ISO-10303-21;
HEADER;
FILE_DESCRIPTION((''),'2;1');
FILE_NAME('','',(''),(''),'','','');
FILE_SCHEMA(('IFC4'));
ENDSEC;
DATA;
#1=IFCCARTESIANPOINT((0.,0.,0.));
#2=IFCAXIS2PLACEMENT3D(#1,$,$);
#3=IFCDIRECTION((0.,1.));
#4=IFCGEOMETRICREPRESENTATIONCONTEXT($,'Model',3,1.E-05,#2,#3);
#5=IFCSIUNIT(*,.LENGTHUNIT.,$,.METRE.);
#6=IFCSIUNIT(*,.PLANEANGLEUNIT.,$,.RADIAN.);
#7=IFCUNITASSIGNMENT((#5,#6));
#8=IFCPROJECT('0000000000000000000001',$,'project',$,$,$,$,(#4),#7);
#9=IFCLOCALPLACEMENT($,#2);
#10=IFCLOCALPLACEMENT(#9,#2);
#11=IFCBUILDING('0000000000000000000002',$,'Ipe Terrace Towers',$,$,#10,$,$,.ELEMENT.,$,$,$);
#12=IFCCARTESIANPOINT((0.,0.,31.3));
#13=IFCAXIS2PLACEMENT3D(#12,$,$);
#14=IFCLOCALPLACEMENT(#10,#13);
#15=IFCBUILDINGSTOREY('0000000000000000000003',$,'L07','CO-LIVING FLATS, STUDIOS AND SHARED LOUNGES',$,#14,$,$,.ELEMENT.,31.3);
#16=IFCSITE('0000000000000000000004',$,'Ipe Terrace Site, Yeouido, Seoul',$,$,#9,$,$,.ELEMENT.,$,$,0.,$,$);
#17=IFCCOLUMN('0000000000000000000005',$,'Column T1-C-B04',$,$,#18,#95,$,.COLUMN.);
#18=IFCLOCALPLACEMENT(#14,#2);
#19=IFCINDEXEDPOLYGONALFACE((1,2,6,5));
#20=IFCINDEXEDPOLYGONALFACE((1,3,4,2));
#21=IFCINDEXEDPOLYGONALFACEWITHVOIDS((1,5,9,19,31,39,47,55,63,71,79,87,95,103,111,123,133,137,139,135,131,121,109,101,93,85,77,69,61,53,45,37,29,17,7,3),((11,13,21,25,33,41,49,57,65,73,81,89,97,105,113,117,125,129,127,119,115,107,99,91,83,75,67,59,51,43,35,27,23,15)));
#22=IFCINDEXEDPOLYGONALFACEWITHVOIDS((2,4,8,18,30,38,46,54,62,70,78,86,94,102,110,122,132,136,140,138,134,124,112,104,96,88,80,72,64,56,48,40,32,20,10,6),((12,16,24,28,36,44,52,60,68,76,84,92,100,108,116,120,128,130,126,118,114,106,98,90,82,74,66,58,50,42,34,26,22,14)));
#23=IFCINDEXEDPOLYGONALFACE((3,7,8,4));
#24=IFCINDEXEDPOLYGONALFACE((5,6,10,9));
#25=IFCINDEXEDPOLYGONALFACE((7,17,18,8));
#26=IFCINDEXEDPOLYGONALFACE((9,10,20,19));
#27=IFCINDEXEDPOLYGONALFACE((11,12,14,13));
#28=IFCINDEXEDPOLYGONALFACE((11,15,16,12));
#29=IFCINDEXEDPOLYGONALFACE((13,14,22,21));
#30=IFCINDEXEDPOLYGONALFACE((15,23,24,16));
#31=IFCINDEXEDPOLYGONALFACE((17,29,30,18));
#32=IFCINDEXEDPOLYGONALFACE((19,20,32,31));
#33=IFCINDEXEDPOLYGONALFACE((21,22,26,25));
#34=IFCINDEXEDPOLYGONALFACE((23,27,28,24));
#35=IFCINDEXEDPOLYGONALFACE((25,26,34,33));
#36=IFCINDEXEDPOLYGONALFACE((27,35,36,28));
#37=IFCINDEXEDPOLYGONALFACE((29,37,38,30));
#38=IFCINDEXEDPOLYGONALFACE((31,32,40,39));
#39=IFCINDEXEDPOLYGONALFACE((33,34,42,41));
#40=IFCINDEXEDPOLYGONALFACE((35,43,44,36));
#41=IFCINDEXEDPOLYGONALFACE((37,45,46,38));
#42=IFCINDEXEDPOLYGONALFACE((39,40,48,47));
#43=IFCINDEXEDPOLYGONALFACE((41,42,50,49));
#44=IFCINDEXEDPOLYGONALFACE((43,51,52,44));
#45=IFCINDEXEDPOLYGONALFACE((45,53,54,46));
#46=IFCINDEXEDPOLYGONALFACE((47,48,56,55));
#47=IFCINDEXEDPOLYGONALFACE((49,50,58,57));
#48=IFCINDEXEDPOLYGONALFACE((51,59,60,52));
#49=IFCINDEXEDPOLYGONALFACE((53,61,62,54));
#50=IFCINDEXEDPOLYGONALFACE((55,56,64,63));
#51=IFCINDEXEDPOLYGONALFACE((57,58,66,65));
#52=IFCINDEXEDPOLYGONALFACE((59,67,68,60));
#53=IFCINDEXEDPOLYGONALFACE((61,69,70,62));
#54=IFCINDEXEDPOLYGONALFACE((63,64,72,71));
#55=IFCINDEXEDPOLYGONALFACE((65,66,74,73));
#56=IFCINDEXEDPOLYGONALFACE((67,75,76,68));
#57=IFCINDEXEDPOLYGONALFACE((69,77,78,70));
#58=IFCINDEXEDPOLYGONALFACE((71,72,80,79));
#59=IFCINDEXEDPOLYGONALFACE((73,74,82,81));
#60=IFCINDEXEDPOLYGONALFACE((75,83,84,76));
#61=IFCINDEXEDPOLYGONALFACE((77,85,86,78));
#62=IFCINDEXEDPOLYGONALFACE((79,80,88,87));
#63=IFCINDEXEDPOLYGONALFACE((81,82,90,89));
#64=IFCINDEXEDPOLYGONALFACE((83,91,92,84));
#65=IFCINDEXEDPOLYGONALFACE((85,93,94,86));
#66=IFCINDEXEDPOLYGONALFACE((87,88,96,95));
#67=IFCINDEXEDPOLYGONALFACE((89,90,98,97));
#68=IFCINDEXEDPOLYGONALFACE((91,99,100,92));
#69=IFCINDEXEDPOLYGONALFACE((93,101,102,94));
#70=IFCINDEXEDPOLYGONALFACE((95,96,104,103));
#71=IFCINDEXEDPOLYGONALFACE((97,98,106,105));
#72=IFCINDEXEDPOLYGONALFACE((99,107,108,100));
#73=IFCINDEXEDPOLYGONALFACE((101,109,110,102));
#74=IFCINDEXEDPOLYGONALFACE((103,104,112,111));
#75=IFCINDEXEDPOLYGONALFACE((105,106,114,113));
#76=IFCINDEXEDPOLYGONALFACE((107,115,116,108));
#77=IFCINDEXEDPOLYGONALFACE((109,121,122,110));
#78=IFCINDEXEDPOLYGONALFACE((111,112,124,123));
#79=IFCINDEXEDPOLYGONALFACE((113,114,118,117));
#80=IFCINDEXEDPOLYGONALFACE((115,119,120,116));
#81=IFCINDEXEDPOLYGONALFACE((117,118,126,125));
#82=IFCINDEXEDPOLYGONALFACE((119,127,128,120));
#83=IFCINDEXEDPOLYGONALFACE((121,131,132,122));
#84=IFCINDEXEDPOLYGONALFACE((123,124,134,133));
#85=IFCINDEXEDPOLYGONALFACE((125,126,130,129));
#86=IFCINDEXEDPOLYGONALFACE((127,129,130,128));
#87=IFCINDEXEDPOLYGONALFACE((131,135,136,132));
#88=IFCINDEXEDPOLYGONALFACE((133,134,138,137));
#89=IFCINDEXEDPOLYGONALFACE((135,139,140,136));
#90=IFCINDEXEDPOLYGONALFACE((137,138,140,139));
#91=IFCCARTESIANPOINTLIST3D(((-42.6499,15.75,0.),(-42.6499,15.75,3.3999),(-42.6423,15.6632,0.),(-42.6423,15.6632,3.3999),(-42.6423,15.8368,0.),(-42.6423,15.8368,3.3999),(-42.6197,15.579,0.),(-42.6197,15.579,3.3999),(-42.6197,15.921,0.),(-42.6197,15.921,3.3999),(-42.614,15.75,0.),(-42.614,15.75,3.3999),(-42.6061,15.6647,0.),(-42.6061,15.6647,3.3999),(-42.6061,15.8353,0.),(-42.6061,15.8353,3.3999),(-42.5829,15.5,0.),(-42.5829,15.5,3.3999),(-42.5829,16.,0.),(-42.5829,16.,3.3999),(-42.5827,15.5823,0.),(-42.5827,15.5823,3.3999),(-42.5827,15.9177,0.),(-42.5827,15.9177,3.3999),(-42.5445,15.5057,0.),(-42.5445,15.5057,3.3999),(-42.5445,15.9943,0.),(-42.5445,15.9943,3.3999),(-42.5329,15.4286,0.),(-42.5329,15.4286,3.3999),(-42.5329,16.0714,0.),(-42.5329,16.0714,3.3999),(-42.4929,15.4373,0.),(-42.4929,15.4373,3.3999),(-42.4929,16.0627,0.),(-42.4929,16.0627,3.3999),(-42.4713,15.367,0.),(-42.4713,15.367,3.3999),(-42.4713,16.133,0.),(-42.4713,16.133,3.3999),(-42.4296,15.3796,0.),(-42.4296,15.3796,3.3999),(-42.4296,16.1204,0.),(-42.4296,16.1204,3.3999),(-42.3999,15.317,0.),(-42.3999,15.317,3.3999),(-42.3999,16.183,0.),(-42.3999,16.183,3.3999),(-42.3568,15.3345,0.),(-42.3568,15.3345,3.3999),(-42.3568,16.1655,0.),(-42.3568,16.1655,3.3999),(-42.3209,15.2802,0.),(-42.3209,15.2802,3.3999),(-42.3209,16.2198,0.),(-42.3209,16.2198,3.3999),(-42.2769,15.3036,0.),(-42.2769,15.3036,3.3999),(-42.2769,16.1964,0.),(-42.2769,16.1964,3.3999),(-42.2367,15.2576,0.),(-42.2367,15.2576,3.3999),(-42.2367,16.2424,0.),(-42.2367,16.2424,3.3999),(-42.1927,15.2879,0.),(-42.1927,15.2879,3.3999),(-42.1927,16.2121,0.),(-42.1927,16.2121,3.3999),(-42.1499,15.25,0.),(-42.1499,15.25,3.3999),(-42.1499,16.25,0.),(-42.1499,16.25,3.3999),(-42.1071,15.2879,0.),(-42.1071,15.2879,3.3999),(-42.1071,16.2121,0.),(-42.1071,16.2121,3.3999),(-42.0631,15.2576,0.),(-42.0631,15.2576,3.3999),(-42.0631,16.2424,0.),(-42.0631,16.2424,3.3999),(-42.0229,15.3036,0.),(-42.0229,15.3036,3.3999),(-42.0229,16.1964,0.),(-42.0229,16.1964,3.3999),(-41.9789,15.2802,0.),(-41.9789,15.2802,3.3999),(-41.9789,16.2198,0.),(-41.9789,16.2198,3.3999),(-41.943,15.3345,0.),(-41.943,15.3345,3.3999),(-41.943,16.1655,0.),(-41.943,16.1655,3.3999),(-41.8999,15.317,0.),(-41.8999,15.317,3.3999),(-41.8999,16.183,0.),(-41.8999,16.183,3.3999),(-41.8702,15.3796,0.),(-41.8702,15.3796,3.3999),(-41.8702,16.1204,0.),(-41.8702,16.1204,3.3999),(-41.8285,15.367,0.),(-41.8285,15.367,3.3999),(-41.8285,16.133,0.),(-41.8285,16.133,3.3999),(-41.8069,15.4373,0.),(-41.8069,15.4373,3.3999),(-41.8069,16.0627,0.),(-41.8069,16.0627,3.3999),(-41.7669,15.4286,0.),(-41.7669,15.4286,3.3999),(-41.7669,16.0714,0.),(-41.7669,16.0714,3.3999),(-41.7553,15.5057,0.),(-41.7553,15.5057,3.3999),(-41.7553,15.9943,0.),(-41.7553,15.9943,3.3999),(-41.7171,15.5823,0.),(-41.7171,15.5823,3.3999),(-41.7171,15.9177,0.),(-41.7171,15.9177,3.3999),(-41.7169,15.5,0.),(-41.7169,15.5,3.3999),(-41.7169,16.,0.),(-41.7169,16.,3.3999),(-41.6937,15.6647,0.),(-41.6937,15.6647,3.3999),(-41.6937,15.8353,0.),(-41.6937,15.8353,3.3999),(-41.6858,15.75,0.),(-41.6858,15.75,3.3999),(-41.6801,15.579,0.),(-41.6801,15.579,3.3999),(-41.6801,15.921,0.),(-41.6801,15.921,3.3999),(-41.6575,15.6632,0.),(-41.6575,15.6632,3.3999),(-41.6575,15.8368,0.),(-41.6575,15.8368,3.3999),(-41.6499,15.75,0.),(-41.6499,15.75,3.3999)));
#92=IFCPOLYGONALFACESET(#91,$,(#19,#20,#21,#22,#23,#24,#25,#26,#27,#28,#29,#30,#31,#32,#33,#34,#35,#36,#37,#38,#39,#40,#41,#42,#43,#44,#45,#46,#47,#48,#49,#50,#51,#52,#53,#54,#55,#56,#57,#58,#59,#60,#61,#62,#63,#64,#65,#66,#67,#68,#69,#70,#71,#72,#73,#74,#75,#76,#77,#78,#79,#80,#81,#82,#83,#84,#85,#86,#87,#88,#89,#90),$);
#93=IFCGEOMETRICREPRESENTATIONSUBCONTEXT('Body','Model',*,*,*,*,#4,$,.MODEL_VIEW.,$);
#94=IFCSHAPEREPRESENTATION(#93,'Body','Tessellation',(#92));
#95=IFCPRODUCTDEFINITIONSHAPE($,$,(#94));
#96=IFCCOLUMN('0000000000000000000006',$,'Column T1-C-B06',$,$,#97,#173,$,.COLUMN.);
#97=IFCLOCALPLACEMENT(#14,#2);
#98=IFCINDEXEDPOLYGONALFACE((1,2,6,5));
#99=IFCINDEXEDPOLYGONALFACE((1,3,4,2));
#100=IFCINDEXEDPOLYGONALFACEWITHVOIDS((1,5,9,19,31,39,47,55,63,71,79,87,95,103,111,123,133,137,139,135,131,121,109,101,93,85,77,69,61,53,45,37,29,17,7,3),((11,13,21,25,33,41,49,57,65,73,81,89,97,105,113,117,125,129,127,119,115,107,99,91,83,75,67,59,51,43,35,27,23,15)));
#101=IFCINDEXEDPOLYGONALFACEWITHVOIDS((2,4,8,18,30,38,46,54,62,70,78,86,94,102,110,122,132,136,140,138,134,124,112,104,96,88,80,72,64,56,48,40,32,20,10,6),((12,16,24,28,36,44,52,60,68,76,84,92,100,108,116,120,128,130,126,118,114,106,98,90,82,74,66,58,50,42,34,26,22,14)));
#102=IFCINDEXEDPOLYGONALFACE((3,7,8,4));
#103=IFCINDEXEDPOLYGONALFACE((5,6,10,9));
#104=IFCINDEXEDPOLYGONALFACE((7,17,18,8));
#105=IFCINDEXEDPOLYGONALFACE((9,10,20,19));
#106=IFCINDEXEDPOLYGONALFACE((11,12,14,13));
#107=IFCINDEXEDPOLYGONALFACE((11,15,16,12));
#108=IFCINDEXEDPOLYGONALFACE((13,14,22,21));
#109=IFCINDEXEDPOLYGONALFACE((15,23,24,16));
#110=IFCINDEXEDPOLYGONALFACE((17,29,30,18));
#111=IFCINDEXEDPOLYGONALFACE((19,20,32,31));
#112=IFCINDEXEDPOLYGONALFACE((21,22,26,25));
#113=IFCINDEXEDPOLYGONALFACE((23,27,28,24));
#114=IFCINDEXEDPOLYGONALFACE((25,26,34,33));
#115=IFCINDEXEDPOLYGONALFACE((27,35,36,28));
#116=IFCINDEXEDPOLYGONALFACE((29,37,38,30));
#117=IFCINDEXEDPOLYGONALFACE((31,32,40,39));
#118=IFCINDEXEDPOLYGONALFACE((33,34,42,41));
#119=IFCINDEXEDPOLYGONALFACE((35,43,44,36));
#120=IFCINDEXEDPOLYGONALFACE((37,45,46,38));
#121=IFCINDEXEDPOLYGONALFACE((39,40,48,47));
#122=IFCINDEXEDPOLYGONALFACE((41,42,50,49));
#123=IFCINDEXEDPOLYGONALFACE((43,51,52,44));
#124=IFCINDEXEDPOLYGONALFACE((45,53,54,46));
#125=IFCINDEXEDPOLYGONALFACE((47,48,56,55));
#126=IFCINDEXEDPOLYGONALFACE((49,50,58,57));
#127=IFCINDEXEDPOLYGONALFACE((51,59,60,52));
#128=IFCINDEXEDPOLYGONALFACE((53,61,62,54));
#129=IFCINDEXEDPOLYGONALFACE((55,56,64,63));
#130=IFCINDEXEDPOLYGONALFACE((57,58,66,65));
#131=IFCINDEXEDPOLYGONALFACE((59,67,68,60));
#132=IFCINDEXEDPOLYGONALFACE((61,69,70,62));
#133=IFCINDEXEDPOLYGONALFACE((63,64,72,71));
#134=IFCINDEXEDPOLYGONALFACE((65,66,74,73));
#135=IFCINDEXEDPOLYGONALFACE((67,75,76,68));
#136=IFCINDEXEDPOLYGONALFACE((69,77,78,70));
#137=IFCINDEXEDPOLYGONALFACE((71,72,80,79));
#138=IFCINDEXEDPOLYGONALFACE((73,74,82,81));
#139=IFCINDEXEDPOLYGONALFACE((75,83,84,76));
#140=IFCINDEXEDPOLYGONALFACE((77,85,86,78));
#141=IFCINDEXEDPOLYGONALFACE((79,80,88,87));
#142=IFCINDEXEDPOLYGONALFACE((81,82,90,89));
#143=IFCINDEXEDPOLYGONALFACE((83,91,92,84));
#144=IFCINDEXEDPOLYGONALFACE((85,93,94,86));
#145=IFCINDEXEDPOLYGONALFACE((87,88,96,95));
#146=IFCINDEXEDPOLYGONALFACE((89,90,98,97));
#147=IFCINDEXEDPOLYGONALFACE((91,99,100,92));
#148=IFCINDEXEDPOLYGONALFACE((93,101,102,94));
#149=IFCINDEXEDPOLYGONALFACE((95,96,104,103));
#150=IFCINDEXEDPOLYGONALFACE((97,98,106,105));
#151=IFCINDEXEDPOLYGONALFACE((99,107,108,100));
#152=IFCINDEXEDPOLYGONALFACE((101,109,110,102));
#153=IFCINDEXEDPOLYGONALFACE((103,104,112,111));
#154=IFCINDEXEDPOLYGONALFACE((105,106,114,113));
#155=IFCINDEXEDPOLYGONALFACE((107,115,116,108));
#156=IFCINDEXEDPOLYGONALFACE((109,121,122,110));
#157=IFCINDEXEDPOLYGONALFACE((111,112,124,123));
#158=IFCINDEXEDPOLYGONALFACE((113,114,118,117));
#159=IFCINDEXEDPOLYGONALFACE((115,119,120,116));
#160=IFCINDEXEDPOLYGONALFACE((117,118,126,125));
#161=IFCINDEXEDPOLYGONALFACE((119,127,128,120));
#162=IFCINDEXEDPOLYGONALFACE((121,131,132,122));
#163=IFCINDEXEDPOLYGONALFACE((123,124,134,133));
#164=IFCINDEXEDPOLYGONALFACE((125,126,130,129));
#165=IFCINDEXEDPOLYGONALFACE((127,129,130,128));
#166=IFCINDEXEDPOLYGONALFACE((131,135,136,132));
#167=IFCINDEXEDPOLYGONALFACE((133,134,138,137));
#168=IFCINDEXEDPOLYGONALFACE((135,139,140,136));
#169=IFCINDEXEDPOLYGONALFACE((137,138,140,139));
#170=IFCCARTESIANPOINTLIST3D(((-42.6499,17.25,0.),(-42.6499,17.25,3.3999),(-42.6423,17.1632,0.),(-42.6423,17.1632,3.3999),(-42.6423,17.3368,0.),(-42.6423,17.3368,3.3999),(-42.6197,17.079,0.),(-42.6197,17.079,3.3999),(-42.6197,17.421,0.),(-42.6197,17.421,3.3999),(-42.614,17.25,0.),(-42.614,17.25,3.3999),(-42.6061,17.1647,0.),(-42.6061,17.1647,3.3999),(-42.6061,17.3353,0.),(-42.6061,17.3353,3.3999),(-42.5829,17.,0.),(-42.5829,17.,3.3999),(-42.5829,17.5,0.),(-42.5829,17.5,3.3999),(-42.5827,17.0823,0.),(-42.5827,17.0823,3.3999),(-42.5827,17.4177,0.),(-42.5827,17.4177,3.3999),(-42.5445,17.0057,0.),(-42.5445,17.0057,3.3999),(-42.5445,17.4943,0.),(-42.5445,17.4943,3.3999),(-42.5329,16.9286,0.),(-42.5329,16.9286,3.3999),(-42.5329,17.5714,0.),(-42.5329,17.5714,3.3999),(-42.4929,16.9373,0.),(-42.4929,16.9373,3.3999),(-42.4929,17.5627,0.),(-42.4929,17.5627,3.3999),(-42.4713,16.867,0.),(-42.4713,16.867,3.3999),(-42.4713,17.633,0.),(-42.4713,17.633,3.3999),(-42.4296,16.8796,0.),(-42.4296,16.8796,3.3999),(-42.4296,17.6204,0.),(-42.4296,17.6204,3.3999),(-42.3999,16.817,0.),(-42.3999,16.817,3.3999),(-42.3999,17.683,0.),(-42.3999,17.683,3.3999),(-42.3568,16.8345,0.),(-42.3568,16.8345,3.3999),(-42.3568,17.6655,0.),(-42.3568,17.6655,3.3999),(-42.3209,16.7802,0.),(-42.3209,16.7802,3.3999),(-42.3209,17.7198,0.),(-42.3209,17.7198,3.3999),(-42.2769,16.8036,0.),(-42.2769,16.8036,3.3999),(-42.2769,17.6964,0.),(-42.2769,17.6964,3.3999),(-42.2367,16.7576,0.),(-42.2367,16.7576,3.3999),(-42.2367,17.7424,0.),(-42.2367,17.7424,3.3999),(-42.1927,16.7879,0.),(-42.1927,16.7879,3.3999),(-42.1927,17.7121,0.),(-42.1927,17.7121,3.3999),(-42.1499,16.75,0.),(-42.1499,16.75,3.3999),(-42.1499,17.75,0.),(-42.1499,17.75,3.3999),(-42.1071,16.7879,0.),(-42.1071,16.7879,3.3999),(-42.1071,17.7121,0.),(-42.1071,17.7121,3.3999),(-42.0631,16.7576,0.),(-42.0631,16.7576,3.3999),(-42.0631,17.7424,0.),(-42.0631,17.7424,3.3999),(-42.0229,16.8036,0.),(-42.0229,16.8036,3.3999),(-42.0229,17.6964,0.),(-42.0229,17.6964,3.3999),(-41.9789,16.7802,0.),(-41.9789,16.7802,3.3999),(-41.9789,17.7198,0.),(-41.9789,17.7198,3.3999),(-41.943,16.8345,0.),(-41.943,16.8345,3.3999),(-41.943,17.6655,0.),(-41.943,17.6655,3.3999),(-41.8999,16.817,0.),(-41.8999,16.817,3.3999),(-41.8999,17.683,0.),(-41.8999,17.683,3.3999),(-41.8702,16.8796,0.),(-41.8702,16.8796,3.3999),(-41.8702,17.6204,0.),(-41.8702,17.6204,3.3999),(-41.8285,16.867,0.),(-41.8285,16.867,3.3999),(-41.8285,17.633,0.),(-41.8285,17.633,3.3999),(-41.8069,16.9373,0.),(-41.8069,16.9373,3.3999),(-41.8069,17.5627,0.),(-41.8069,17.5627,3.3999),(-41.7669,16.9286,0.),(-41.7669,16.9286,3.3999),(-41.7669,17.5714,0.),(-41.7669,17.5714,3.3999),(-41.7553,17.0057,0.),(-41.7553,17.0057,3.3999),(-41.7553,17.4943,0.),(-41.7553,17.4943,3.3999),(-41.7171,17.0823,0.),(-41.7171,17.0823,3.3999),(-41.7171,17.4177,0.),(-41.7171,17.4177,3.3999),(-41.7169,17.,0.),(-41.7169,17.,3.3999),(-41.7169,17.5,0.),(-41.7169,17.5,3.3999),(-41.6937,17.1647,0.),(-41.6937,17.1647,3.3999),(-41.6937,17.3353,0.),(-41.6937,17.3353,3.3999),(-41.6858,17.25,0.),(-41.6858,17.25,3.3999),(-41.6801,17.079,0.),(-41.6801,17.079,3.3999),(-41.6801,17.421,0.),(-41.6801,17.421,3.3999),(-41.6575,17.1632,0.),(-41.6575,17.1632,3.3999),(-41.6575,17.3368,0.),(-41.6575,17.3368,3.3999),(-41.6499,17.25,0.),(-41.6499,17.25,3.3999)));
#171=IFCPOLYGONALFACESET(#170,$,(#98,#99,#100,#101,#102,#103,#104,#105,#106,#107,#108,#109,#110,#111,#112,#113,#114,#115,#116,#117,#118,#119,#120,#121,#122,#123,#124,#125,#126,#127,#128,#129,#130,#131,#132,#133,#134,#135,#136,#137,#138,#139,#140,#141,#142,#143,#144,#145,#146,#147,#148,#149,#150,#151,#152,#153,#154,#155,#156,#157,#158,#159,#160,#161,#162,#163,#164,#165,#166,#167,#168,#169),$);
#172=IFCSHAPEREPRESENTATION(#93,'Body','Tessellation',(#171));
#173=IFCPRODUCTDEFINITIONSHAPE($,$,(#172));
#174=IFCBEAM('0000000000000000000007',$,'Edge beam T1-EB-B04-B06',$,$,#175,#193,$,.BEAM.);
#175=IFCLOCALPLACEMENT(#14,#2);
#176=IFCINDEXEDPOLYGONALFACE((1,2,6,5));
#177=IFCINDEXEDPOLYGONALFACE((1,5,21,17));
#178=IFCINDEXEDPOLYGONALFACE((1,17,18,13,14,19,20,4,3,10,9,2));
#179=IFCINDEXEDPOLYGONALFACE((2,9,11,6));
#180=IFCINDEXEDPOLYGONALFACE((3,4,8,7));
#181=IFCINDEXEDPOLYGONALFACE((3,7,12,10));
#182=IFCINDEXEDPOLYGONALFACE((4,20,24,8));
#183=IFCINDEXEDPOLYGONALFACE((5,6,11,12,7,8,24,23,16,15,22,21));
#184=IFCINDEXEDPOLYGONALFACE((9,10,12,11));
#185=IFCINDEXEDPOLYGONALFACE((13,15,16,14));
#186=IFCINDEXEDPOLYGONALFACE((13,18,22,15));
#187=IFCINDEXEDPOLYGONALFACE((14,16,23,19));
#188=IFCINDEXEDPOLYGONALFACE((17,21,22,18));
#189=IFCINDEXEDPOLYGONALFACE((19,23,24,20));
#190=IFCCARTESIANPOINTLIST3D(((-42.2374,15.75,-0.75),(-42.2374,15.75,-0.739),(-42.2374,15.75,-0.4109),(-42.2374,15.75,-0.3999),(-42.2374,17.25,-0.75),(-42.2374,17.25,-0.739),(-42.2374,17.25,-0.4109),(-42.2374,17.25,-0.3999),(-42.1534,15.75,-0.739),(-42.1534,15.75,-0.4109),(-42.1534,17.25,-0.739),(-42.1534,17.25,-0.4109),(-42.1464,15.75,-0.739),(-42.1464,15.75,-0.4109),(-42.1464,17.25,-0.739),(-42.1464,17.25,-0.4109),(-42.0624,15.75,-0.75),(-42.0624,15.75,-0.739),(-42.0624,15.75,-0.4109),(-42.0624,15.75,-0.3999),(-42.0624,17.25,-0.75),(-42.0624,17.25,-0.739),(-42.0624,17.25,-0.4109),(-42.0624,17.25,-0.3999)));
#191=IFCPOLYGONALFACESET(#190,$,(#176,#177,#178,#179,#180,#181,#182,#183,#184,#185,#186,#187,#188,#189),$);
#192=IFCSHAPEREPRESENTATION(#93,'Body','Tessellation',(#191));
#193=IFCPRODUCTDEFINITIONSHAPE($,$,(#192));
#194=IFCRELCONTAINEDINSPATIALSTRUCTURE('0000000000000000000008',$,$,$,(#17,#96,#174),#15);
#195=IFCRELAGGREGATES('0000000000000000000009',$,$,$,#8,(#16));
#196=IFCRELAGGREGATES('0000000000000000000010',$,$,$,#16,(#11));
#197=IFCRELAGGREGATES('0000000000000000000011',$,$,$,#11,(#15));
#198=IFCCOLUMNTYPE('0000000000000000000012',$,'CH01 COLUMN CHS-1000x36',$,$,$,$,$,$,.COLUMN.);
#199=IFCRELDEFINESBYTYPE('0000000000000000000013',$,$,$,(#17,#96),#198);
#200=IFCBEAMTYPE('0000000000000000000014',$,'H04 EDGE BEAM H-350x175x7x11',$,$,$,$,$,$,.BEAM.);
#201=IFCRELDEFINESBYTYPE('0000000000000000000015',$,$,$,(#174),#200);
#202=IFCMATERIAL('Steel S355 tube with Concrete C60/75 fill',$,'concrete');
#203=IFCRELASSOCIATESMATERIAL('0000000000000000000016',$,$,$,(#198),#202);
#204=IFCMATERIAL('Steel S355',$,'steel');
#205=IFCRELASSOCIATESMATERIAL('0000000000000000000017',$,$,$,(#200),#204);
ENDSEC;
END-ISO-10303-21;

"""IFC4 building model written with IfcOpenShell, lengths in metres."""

from ifc_helpers import new_model, si_unit, direction, frame, origin, origin_2d, place, context, subcontext, project, spatial, hollow_circle, i_section, extrude, material, material_profile, profile_set, type_object, element, save


model = new_model("IFC4")

# Units and contexts
model_context = context("Model", 3, precision=1e-05, world=origin(), true_north=direction((0.0, 1.0)))
body_context = subcontext(model_context, "Body", "Model", "MODEL_VIEW")
ifc_project = project(units=[si_unit("LENGTHUNIT", "METRE"), si_unit("PLANEANGLEUNIT", "RADIAN")], contexts=[model_context])

# Site, building, storey
site_placement = place(None, origin())
site = spatial("IfcSite", under=ifc_project, at=site_placement, Name="Ipe Terrace Site, Yeouido, Seoul", CompositionType="ELEMENT", RefElevation=0.0)
building_placement = place(site_placement, origin())
building = spatial("IfcBuilding", under=site, at=building_placement, Name="Ipe Terrace Towers", CompositionType="ELEMENT")
storey_placement = place(building_placement, frame((0.0, 0.0, 31.3)))
storey = spatial("IfcBuildingStorey", under=building, at=storey_placement, Name="L07", Description="CO-LIVING FLATS, STUDIOS AND SHARED LOUNGES", CompositionType="ELEMENT", Elevation=31.3)

# Columns
ifc_material_1 = material(Name="Steel S355 tube with Concrete C60/75 fill", Category="concrete")
ifc_material_profile_1 = material_profile(ifc_material_1, hollow_circle(Radius=0.5, WallThickness=0.0359, at=origin_2d()), Name="CHS-1000x36")
ifc_profile_set_1 = profile_set([ifc_material_profile_1], Name="Steel S355 tube with Concrete C60/75 fill")
column_type = type_object("IfcColumnType", Name="CH01 COLUMN CHS-1000x36", PredefinedType="COLUMN", material=ifc_profile_set_1)
for number, where, z_axis, x_axis, name in (
    (1, (-42.1499, 15.75, 0.0), (0.0, 0.0, 1.0), (1.0, 0.0, 0.0), "Column T1-C-B04"),
    (2, (-42.1499, 17.25, 0.0), (0.0, 0.0, 1.0), (1.0, 0.0, 0.0), "Column T1-C-B06"),
):
    element("IfcColumn", number, at=place(storey_placement, frame(where, z_axis=z_axis, x_axis=x_axis)), inside=storey, type_object=column_type, Name=name, PredefinedType="COLUMN", context=body_context, shape_type="SweptSolid", body=[
        extrude(hollow_circle(Radius=0.5, WallThickness=0.0359, at=origin_2d()), origin(), (0.0, 0.0, 1.0), 3.3999),
    ])

# Beam
ifc_material_2 = material(Name="Steel S355", Category="steel")
ifc_material_profile_2 = material_profile(ifc_material_2, i_section(OverallWidth=0.175, OverallDepth=0.3501, WebThickness=0.0071, FlangeThickness=0.011, at=origin_2d()), Name="H-350x175x7x11")
ifc_profile_set_2 = profile_set([ifc_material_profile_2], Name="Steel S355")
beam_type = type_object("IfcBeamType", Name="H04 EDGE BEAM H-350x175x7x11", PredefinedType="BEAM", material=ifc_profile_set_2)
beam_placement = place(storey_placement, frame((-42.1499, 15.75, -0.575), z_axis=(0.0, 1.0, 0.0), x_axis=(-1.0, 0.0, 0.0)))
element("IfcBeam", 3, at=beam_placement, inside=storey, type_object=beam_type, Name="Edge beam T1-EB-B04-B06", PredefinedType="BEAM", context=body_context, shape_type="SweptSolid", body=[
    extrude(i_section(OverallWidth=0.175, OverallDepth=0.3501, WebThickness=0.0071, FlangeThickness=0.011, at=origin_2d()), origin(), (0.0, 0.0, 1.0), 1.5),
])

save(model, "model.ifc")
